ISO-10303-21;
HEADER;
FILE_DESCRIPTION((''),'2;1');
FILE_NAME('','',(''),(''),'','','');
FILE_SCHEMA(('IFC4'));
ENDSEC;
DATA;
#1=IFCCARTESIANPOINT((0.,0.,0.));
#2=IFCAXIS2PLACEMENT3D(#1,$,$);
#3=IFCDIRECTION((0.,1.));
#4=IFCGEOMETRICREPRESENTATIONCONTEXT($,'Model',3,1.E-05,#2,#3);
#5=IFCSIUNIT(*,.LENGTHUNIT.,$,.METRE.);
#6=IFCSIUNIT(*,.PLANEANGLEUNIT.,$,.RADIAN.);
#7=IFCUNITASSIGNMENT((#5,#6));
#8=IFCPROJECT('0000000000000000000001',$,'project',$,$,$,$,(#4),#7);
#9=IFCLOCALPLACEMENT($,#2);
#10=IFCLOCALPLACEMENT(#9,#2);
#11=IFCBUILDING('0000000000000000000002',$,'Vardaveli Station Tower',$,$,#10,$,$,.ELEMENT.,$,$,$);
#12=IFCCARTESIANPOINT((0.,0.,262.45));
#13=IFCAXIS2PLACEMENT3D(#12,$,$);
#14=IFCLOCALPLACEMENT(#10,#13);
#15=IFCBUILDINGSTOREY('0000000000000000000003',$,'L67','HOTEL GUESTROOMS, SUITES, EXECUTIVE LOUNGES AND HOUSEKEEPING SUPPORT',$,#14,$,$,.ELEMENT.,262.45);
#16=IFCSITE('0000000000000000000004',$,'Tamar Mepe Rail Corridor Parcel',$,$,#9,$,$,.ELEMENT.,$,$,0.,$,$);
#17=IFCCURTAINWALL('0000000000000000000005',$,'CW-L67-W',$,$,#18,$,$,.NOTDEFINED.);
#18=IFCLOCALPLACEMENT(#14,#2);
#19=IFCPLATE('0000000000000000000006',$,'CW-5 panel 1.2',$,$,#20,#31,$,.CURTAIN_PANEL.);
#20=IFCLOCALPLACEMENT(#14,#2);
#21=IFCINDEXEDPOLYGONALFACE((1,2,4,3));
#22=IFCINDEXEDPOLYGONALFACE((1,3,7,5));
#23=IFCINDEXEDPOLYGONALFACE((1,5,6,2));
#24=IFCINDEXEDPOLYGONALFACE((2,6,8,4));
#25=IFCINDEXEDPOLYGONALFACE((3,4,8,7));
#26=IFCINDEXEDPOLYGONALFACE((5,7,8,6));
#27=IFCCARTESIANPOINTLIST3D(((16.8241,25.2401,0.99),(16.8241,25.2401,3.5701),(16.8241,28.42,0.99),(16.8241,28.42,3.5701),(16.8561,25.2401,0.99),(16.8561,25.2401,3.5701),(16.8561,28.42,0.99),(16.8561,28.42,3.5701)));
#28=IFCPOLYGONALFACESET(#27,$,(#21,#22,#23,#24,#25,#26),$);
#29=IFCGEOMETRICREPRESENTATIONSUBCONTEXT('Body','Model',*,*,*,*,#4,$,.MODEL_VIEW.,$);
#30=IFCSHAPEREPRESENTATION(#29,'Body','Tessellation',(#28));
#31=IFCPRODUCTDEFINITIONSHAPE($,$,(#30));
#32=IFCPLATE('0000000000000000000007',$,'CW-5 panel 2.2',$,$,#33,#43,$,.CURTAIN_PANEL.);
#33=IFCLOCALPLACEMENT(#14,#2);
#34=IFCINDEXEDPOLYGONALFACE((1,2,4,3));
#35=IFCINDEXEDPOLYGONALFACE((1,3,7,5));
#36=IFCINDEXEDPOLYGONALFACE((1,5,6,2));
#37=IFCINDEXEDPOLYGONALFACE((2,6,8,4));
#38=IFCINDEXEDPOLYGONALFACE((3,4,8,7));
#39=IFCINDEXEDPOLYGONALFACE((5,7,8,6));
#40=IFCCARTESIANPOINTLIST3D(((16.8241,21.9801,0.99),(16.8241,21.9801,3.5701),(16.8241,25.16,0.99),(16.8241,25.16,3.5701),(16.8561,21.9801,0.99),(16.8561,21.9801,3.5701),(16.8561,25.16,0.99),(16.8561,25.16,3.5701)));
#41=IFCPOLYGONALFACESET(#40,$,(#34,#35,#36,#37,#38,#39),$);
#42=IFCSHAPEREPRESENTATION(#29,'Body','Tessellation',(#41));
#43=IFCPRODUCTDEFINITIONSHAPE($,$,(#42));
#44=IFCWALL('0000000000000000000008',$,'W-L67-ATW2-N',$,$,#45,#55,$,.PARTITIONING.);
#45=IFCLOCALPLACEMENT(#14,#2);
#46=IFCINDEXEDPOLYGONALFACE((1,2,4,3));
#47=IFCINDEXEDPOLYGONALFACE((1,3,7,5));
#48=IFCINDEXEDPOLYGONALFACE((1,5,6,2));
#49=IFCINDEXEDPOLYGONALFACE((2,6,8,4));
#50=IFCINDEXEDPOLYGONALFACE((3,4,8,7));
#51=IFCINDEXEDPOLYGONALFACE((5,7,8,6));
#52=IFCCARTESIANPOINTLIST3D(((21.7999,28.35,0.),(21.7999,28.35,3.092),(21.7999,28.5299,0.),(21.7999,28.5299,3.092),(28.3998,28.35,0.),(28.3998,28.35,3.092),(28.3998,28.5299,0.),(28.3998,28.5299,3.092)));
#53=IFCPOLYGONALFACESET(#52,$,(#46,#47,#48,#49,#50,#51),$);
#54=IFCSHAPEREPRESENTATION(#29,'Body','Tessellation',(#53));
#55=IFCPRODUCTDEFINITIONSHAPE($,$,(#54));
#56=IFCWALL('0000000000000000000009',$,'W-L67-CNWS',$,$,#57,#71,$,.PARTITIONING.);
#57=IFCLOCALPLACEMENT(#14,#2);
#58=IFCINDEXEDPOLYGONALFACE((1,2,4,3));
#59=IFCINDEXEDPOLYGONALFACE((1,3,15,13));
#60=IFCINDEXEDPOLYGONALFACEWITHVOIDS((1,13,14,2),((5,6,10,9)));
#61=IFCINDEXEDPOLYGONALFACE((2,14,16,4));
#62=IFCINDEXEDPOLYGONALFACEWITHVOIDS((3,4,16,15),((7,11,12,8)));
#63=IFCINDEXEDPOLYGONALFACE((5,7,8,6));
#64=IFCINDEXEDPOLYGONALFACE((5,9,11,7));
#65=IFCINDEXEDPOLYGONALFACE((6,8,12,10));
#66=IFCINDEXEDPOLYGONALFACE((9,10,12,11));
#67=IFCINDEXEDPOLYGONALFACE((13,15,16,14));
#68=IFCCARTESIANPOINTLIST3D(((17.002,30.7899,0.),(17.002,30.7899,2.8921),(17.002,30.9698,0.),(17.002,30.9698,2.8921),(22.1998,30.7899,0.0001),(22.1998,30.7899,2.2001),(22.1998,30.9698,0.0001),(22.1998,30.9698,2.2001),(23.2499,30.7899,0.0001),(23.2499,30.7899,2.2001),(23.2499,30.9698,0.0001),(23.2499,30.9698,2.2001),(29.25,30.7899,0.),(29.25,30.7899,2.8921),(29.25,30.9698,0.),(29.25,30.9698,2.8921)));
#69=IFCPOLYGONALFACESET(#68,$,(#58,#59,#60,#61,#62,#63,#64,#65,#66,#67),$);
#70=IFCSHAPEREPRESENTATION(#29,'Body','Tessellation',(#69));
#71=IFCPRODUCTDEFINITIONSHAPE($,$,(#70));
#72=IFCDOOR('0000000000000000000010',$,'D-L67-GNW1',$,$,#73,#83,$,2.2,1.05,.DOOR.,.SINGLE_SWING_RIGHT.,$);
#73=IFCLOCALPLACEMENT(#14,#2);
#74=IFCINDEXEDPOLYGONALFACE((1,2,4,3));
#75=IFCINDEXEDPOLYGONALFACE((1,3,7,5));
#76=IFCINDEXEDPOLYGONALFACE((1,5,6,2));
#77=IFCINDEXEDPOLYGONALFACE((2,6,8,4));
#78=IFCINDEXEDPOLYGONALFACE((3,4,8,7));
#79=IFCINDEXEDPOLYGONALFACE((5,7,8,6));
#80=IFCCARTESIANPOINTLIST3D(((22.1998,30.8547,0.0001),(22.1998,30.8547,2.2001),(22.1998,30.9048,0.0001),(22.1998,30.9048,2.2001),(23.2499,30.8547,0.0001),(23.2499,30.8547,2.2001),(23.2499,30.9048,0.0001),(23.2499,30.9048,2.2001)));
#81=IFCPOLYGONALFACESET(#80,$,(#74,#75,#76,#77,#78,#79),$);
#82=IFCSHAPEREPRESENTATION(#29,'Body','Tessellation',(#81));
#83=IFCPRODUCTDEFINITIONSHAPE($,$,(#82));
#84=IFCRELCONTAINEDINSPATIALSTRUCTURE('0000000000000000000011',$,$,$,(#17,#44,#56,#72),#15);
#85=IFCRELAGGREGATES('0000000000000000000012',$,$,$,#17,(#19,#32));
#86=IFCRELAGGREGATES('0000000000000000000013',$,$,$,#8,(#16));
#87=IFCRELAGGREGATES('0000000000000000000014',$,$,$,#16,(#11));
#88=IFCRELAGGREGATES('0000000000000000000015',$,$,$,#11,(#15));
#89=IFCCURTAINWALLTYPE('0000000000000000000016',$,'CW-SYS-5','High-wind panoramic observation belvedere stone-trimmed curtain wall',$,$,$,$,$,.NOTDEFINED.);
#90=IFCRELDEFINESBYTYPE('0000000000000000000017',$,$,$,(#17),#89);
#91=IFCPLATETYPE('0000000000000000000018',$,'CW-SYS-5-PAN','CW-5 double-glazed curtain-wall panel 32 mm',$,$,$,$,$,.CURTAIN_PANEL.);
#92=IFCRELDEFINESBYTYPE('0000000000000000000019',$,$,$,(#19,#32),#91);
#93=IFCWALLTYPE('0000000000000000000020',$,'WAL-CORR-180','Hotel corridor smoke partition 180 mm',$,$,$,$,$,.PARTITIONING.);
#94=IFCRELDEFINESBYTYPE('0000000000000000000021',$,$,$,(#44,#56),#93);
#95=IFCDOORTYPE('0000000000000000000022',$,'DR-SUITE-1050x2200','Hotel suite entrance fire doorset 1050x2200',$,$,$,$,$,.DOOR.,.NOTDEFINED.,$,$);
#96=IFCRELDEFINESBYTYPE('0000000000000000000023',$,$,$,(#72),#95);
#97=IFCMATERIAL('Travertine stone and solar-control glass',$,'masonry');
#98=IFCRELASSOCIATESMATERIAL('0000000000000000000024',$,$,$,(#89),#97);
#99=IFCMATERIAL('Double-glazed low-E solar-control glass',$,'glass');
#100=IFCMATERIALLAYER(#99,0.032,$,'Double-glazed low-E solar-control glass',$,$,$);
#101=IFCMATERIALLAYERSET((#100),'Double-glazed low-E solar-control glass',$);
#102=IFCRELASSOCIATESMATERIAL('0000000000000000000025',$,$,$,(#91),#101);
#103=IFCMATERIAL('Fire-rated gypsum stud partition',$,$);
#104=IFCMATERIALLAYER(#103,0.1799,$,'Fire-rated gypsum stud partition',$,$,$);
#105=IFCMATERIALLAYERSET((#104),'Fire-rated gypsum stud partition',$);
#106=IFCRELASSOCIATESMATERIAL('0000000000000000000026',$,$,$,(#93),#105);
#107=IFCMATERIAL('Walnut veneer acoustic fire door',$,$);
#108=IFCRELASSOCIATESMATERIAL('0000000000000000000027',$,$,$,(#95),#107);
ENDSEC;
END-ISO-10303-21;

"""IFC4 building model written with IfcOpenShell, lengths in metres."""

from ifc_helpers import new_model, si_unit, direction, frame, frame_2d, origin, origin_2d, place, context, subcontext, project, spatial, rectangle, extrude, source, transform, mapped, material, layer, layer_set, type_object, element, fill, aggregate, save


model = new_model("IFC4")

# Units and contexts
model_context = context("Model", 3, precision=1e-05, world=origin(), true_north=direction((0.0, 1.0)))
body_context = subcontext(model_context, "Body", "Model", "MODEL_VIEW")
ifc_project = project(units=[si_unit("LENGTHUNIT", "METRE"), si_unit("PLANEANGLEUNIT", "RADIAN")], contexts=[model_context])

# Site, building, storey
site_placement = place(None, origin())
site = spatial("IfcSite", under=ifc_project, at=site_placement, Name="Tamar Mepe Rail Corridor Parcel", CompositionType="ELEMENT", RefElevation=0.0)
building_placement = place(site_placement, origin())
building = spatial("IfcBuilding", under=site, at=building_placement, Name="Vardaveli Station Tower", CompositionType="ELEMENT")
storey_placement = place(building_placement, frame((0.0, 0.0, 262.45)))
storey = spatial("IfcBuildingStorey", under=building, at=storey_placement, Name="L67", Description="HOTEL GUESTROOMS, SUITES, EXECUTIVE LOUNGES AND HOUSEKEEPING SUPPORT", CompositionType="ELEMENT", Elevation=262.45)

# Curtain wall, plates
ifc_material_1 = material(Name="Travertine stone and solar-control glass", Category="masonry")
curtain_wall_type = type_object("IfcCurtainWallType", Name="CW-SYS-5", Description="High-wind panoramic observation belvedere stone-trimmed curtain wall", PredefinedType="NOTDEFINED", material=ifc_material_1)
curtain_wall_placement = place(storey_placement, origin())
curtain_wall = element("IfcCurtainWall", 1, at=curtain_wall_placement, inside=storey, type_object=curtain_wall_type, Name="CW-L67-W", PredefinedType="NOTDEFINED")
ifc_material_2 = material(Name="Double-glazed low-E solar-control glass", Category="glass")
ifc_layer_1 = layer(ifc_material_2, 0.032, Name="Double-glazed low-E solar-control glass")
ifc_layer_set_1 = layer_set([ifc_layer_1], Name="Double-glazed low-E solar-control glass")
plate_type = type_object("IfcPlateType", Name="CW-SYS-5-PAN", Description="CW-5 double-glazed curtain-wall panel 32 mm", PredefinedType="CURTAIN_PANEL", material=ifc_layer_set_1)
shared_shape_1 = source(origin(), body_context, "Body", "SweptSolid", [
    extrude(rectangle(XDim=3.1799, YDim=0.032, at=origin_2d()), origin(), (0.0, 0.0, 1.0), 2.5801),
])
plate_1_placement = place(storey_placement, frame((16.8401, 26.8301, 0.99), z_axis=(0.0, 0.0, 1.0), x_axis=(0.0, -1.0, 0.0)))
plate_1 = element("IfcPlate", 2, at=plate_1_placement, type_object=plate_type, Name="CW-5 panel 1.2", PredefinedType="CURTAIN_PANEL", context=body_context, shape_type="MappedRepresentation", body=[
    mapped(shared_shape_1, transform((0.0, 0.0, 0.0), scale=1.0)),
])
plate_2_placement = place(storey_placement, frame((16.8401, 23.5701, 0.99), z_axis=(0.0, 0.0, 1.0), x_axis=(0.0, -1.0, 0.0)))
plate_2 = element("IfcPlate", 3, at=plate_2_placement, type_object=plate_type, Name="CW-5 panel 2.2", PredefinedType="CURTAIN_PANEL", context=body_context, shape_type="MappedRepresentation", body=[
    mapped(shared_shape_1, transform((0.0, 0.0, 0.0), scale=1.0)),
])
aggregate(curtain_wall, [plate_1, plate_2])

# Wall
ifc_material_3 = material(Name="Fire-rated gypsum stud partition")
ifc_layer_2 = layer(ifc_material_3, 0.1799, Name="Fire-rated gypsum stud partition")
ifc_layer_set_2 = layer_set([ifc_layer_2], Name="Fire-rated gypsum stud partition")
wall_type = type_object("IfcWallType", Name="WAL-CORR-180", Description="Hotel corridor smoke partition 180 mm", PredefinedType="PARTITIONING", material=ifc_layer_set_2)
shared_shape_2 = source(origin(), body_context, "Body", "SweptSolid", [
    extrude(rectangle(XDim=6.5999, YDim=0.1799, at=frame_2d((3.2998, 0.0))), origin(), (0.0, 0.0, 1.0), 3.092),
])
wall_1_placement = place(storey_placement, frame((21.8, 28.4399, 0.0), z_axis=(0.0, 0.0, 1.0), x_axis=(1.0, 0.0, 0.0)))
element("IfcWall", 4, at=wall_1_placement, inside=storey, type_object=wall_type, Name="W-L67-ATW2-N", PredefinedType="PARTITIONING", context=body_context, shape_type="MappedRepresentation", body=[
    mapped(shared_shape_2, transform((0.0, 0.0, 0.0), scale=1.0)),
])

# Wall, opening, door
shared_shape_3 = source(origin(), body_context, "Body", "SweptSolid", [
    extrude(rectangle(XDim=12.248, YDim=0.1799, at=frame_2d((6.124, 0.0))), origin(), (0.0, 0.0, 1.0), 2.8921),
])
wall_2_placement = place(storey_placement, frame((17.002, 30.8799, 0.0), z_axis=(0.0, 0.0, 1.0), x_axis=(1.0, 0.0, 0.0)))
wall_2 = element("IfcWall", 5, at=wall_2_placement, inside=storey, type_object=wall_type, Name="W-L67-CNWS", PredefinedType="PARTITIONING", context=body_context, shape_type="MappedRepresentation", body=[
    mapped(shared_shape_3, transform((0.0, 0.0, 0.0), scale=1.0)),
])
shared_shape_4 = source(origin(), body_context, "Body", "SweptSolid", [
    extrude(rectangle(XDim=1.05, YDim=2.2, at=frame_2d((0.5249, 1.1001))), frame((0.0, 0.1001, 0.0), z_axis=(0.0, -1.0, 0.0), x_axis=(1.0, 0.0, 0.0)), (0.0, 0.0, 1.0), 0.2),
])
opening_placement = place(wall_2_placement, frame((5.198, 0.0, 0.0)))
opening = element("IfcOpeningElement", 6, at=opening_placement, cuts=wall_2, PredefinedType="OPENING", context=body_context, shape_type="MappedRepresentation", body=[
    mapped(shared_shape_4, transform((0.0, 0.0, 0.0), scale=1.0)),
])
ifc_material_4 = material(Name="Walnut veneer acoustic fire door")
door_type = type_object("IfcDoorType", Name="DR-SUITE-1050x2200", Description="Hotel suite entrance fire doorset 1050x2200", OperationType="NOTDEFINED", PredefinedType="DOOR", material=ifc_material_4)
shared_shape_5 = source(origin(), body_context, "Body", "SweptSolid", [
    extrude(rectangle(XDim=1.05, YDim=2.2, at=frame_2d((0.5249, 1.1001))), frame((0.0, 0.0249, 0.0), z_axis=(0.0, -1.0, 0.0), x_axis=(1.0, 0.0, 0.0)), (0.0, 0.0, 1.0), 0.05),
])
door_placement = place(opening_placement, origin())
door = element("IfcDoor", 7, at=door_placement, inside=storey, type_object=door_type, Name="D-L67-GNW1", OperationType="SINGLE_SWING_RIGHT", OverallHeight=2.2, OverallWidth=1.05, PredefinedType="DOOR", context=body_context, shape_type="MappedRepresentation", body=[
    mapped(shared_shape_5, transform((0.0, 0.0, 0.0), scale=1.0)),
])
fill(opening, door)

save(model, "model.ifc")
